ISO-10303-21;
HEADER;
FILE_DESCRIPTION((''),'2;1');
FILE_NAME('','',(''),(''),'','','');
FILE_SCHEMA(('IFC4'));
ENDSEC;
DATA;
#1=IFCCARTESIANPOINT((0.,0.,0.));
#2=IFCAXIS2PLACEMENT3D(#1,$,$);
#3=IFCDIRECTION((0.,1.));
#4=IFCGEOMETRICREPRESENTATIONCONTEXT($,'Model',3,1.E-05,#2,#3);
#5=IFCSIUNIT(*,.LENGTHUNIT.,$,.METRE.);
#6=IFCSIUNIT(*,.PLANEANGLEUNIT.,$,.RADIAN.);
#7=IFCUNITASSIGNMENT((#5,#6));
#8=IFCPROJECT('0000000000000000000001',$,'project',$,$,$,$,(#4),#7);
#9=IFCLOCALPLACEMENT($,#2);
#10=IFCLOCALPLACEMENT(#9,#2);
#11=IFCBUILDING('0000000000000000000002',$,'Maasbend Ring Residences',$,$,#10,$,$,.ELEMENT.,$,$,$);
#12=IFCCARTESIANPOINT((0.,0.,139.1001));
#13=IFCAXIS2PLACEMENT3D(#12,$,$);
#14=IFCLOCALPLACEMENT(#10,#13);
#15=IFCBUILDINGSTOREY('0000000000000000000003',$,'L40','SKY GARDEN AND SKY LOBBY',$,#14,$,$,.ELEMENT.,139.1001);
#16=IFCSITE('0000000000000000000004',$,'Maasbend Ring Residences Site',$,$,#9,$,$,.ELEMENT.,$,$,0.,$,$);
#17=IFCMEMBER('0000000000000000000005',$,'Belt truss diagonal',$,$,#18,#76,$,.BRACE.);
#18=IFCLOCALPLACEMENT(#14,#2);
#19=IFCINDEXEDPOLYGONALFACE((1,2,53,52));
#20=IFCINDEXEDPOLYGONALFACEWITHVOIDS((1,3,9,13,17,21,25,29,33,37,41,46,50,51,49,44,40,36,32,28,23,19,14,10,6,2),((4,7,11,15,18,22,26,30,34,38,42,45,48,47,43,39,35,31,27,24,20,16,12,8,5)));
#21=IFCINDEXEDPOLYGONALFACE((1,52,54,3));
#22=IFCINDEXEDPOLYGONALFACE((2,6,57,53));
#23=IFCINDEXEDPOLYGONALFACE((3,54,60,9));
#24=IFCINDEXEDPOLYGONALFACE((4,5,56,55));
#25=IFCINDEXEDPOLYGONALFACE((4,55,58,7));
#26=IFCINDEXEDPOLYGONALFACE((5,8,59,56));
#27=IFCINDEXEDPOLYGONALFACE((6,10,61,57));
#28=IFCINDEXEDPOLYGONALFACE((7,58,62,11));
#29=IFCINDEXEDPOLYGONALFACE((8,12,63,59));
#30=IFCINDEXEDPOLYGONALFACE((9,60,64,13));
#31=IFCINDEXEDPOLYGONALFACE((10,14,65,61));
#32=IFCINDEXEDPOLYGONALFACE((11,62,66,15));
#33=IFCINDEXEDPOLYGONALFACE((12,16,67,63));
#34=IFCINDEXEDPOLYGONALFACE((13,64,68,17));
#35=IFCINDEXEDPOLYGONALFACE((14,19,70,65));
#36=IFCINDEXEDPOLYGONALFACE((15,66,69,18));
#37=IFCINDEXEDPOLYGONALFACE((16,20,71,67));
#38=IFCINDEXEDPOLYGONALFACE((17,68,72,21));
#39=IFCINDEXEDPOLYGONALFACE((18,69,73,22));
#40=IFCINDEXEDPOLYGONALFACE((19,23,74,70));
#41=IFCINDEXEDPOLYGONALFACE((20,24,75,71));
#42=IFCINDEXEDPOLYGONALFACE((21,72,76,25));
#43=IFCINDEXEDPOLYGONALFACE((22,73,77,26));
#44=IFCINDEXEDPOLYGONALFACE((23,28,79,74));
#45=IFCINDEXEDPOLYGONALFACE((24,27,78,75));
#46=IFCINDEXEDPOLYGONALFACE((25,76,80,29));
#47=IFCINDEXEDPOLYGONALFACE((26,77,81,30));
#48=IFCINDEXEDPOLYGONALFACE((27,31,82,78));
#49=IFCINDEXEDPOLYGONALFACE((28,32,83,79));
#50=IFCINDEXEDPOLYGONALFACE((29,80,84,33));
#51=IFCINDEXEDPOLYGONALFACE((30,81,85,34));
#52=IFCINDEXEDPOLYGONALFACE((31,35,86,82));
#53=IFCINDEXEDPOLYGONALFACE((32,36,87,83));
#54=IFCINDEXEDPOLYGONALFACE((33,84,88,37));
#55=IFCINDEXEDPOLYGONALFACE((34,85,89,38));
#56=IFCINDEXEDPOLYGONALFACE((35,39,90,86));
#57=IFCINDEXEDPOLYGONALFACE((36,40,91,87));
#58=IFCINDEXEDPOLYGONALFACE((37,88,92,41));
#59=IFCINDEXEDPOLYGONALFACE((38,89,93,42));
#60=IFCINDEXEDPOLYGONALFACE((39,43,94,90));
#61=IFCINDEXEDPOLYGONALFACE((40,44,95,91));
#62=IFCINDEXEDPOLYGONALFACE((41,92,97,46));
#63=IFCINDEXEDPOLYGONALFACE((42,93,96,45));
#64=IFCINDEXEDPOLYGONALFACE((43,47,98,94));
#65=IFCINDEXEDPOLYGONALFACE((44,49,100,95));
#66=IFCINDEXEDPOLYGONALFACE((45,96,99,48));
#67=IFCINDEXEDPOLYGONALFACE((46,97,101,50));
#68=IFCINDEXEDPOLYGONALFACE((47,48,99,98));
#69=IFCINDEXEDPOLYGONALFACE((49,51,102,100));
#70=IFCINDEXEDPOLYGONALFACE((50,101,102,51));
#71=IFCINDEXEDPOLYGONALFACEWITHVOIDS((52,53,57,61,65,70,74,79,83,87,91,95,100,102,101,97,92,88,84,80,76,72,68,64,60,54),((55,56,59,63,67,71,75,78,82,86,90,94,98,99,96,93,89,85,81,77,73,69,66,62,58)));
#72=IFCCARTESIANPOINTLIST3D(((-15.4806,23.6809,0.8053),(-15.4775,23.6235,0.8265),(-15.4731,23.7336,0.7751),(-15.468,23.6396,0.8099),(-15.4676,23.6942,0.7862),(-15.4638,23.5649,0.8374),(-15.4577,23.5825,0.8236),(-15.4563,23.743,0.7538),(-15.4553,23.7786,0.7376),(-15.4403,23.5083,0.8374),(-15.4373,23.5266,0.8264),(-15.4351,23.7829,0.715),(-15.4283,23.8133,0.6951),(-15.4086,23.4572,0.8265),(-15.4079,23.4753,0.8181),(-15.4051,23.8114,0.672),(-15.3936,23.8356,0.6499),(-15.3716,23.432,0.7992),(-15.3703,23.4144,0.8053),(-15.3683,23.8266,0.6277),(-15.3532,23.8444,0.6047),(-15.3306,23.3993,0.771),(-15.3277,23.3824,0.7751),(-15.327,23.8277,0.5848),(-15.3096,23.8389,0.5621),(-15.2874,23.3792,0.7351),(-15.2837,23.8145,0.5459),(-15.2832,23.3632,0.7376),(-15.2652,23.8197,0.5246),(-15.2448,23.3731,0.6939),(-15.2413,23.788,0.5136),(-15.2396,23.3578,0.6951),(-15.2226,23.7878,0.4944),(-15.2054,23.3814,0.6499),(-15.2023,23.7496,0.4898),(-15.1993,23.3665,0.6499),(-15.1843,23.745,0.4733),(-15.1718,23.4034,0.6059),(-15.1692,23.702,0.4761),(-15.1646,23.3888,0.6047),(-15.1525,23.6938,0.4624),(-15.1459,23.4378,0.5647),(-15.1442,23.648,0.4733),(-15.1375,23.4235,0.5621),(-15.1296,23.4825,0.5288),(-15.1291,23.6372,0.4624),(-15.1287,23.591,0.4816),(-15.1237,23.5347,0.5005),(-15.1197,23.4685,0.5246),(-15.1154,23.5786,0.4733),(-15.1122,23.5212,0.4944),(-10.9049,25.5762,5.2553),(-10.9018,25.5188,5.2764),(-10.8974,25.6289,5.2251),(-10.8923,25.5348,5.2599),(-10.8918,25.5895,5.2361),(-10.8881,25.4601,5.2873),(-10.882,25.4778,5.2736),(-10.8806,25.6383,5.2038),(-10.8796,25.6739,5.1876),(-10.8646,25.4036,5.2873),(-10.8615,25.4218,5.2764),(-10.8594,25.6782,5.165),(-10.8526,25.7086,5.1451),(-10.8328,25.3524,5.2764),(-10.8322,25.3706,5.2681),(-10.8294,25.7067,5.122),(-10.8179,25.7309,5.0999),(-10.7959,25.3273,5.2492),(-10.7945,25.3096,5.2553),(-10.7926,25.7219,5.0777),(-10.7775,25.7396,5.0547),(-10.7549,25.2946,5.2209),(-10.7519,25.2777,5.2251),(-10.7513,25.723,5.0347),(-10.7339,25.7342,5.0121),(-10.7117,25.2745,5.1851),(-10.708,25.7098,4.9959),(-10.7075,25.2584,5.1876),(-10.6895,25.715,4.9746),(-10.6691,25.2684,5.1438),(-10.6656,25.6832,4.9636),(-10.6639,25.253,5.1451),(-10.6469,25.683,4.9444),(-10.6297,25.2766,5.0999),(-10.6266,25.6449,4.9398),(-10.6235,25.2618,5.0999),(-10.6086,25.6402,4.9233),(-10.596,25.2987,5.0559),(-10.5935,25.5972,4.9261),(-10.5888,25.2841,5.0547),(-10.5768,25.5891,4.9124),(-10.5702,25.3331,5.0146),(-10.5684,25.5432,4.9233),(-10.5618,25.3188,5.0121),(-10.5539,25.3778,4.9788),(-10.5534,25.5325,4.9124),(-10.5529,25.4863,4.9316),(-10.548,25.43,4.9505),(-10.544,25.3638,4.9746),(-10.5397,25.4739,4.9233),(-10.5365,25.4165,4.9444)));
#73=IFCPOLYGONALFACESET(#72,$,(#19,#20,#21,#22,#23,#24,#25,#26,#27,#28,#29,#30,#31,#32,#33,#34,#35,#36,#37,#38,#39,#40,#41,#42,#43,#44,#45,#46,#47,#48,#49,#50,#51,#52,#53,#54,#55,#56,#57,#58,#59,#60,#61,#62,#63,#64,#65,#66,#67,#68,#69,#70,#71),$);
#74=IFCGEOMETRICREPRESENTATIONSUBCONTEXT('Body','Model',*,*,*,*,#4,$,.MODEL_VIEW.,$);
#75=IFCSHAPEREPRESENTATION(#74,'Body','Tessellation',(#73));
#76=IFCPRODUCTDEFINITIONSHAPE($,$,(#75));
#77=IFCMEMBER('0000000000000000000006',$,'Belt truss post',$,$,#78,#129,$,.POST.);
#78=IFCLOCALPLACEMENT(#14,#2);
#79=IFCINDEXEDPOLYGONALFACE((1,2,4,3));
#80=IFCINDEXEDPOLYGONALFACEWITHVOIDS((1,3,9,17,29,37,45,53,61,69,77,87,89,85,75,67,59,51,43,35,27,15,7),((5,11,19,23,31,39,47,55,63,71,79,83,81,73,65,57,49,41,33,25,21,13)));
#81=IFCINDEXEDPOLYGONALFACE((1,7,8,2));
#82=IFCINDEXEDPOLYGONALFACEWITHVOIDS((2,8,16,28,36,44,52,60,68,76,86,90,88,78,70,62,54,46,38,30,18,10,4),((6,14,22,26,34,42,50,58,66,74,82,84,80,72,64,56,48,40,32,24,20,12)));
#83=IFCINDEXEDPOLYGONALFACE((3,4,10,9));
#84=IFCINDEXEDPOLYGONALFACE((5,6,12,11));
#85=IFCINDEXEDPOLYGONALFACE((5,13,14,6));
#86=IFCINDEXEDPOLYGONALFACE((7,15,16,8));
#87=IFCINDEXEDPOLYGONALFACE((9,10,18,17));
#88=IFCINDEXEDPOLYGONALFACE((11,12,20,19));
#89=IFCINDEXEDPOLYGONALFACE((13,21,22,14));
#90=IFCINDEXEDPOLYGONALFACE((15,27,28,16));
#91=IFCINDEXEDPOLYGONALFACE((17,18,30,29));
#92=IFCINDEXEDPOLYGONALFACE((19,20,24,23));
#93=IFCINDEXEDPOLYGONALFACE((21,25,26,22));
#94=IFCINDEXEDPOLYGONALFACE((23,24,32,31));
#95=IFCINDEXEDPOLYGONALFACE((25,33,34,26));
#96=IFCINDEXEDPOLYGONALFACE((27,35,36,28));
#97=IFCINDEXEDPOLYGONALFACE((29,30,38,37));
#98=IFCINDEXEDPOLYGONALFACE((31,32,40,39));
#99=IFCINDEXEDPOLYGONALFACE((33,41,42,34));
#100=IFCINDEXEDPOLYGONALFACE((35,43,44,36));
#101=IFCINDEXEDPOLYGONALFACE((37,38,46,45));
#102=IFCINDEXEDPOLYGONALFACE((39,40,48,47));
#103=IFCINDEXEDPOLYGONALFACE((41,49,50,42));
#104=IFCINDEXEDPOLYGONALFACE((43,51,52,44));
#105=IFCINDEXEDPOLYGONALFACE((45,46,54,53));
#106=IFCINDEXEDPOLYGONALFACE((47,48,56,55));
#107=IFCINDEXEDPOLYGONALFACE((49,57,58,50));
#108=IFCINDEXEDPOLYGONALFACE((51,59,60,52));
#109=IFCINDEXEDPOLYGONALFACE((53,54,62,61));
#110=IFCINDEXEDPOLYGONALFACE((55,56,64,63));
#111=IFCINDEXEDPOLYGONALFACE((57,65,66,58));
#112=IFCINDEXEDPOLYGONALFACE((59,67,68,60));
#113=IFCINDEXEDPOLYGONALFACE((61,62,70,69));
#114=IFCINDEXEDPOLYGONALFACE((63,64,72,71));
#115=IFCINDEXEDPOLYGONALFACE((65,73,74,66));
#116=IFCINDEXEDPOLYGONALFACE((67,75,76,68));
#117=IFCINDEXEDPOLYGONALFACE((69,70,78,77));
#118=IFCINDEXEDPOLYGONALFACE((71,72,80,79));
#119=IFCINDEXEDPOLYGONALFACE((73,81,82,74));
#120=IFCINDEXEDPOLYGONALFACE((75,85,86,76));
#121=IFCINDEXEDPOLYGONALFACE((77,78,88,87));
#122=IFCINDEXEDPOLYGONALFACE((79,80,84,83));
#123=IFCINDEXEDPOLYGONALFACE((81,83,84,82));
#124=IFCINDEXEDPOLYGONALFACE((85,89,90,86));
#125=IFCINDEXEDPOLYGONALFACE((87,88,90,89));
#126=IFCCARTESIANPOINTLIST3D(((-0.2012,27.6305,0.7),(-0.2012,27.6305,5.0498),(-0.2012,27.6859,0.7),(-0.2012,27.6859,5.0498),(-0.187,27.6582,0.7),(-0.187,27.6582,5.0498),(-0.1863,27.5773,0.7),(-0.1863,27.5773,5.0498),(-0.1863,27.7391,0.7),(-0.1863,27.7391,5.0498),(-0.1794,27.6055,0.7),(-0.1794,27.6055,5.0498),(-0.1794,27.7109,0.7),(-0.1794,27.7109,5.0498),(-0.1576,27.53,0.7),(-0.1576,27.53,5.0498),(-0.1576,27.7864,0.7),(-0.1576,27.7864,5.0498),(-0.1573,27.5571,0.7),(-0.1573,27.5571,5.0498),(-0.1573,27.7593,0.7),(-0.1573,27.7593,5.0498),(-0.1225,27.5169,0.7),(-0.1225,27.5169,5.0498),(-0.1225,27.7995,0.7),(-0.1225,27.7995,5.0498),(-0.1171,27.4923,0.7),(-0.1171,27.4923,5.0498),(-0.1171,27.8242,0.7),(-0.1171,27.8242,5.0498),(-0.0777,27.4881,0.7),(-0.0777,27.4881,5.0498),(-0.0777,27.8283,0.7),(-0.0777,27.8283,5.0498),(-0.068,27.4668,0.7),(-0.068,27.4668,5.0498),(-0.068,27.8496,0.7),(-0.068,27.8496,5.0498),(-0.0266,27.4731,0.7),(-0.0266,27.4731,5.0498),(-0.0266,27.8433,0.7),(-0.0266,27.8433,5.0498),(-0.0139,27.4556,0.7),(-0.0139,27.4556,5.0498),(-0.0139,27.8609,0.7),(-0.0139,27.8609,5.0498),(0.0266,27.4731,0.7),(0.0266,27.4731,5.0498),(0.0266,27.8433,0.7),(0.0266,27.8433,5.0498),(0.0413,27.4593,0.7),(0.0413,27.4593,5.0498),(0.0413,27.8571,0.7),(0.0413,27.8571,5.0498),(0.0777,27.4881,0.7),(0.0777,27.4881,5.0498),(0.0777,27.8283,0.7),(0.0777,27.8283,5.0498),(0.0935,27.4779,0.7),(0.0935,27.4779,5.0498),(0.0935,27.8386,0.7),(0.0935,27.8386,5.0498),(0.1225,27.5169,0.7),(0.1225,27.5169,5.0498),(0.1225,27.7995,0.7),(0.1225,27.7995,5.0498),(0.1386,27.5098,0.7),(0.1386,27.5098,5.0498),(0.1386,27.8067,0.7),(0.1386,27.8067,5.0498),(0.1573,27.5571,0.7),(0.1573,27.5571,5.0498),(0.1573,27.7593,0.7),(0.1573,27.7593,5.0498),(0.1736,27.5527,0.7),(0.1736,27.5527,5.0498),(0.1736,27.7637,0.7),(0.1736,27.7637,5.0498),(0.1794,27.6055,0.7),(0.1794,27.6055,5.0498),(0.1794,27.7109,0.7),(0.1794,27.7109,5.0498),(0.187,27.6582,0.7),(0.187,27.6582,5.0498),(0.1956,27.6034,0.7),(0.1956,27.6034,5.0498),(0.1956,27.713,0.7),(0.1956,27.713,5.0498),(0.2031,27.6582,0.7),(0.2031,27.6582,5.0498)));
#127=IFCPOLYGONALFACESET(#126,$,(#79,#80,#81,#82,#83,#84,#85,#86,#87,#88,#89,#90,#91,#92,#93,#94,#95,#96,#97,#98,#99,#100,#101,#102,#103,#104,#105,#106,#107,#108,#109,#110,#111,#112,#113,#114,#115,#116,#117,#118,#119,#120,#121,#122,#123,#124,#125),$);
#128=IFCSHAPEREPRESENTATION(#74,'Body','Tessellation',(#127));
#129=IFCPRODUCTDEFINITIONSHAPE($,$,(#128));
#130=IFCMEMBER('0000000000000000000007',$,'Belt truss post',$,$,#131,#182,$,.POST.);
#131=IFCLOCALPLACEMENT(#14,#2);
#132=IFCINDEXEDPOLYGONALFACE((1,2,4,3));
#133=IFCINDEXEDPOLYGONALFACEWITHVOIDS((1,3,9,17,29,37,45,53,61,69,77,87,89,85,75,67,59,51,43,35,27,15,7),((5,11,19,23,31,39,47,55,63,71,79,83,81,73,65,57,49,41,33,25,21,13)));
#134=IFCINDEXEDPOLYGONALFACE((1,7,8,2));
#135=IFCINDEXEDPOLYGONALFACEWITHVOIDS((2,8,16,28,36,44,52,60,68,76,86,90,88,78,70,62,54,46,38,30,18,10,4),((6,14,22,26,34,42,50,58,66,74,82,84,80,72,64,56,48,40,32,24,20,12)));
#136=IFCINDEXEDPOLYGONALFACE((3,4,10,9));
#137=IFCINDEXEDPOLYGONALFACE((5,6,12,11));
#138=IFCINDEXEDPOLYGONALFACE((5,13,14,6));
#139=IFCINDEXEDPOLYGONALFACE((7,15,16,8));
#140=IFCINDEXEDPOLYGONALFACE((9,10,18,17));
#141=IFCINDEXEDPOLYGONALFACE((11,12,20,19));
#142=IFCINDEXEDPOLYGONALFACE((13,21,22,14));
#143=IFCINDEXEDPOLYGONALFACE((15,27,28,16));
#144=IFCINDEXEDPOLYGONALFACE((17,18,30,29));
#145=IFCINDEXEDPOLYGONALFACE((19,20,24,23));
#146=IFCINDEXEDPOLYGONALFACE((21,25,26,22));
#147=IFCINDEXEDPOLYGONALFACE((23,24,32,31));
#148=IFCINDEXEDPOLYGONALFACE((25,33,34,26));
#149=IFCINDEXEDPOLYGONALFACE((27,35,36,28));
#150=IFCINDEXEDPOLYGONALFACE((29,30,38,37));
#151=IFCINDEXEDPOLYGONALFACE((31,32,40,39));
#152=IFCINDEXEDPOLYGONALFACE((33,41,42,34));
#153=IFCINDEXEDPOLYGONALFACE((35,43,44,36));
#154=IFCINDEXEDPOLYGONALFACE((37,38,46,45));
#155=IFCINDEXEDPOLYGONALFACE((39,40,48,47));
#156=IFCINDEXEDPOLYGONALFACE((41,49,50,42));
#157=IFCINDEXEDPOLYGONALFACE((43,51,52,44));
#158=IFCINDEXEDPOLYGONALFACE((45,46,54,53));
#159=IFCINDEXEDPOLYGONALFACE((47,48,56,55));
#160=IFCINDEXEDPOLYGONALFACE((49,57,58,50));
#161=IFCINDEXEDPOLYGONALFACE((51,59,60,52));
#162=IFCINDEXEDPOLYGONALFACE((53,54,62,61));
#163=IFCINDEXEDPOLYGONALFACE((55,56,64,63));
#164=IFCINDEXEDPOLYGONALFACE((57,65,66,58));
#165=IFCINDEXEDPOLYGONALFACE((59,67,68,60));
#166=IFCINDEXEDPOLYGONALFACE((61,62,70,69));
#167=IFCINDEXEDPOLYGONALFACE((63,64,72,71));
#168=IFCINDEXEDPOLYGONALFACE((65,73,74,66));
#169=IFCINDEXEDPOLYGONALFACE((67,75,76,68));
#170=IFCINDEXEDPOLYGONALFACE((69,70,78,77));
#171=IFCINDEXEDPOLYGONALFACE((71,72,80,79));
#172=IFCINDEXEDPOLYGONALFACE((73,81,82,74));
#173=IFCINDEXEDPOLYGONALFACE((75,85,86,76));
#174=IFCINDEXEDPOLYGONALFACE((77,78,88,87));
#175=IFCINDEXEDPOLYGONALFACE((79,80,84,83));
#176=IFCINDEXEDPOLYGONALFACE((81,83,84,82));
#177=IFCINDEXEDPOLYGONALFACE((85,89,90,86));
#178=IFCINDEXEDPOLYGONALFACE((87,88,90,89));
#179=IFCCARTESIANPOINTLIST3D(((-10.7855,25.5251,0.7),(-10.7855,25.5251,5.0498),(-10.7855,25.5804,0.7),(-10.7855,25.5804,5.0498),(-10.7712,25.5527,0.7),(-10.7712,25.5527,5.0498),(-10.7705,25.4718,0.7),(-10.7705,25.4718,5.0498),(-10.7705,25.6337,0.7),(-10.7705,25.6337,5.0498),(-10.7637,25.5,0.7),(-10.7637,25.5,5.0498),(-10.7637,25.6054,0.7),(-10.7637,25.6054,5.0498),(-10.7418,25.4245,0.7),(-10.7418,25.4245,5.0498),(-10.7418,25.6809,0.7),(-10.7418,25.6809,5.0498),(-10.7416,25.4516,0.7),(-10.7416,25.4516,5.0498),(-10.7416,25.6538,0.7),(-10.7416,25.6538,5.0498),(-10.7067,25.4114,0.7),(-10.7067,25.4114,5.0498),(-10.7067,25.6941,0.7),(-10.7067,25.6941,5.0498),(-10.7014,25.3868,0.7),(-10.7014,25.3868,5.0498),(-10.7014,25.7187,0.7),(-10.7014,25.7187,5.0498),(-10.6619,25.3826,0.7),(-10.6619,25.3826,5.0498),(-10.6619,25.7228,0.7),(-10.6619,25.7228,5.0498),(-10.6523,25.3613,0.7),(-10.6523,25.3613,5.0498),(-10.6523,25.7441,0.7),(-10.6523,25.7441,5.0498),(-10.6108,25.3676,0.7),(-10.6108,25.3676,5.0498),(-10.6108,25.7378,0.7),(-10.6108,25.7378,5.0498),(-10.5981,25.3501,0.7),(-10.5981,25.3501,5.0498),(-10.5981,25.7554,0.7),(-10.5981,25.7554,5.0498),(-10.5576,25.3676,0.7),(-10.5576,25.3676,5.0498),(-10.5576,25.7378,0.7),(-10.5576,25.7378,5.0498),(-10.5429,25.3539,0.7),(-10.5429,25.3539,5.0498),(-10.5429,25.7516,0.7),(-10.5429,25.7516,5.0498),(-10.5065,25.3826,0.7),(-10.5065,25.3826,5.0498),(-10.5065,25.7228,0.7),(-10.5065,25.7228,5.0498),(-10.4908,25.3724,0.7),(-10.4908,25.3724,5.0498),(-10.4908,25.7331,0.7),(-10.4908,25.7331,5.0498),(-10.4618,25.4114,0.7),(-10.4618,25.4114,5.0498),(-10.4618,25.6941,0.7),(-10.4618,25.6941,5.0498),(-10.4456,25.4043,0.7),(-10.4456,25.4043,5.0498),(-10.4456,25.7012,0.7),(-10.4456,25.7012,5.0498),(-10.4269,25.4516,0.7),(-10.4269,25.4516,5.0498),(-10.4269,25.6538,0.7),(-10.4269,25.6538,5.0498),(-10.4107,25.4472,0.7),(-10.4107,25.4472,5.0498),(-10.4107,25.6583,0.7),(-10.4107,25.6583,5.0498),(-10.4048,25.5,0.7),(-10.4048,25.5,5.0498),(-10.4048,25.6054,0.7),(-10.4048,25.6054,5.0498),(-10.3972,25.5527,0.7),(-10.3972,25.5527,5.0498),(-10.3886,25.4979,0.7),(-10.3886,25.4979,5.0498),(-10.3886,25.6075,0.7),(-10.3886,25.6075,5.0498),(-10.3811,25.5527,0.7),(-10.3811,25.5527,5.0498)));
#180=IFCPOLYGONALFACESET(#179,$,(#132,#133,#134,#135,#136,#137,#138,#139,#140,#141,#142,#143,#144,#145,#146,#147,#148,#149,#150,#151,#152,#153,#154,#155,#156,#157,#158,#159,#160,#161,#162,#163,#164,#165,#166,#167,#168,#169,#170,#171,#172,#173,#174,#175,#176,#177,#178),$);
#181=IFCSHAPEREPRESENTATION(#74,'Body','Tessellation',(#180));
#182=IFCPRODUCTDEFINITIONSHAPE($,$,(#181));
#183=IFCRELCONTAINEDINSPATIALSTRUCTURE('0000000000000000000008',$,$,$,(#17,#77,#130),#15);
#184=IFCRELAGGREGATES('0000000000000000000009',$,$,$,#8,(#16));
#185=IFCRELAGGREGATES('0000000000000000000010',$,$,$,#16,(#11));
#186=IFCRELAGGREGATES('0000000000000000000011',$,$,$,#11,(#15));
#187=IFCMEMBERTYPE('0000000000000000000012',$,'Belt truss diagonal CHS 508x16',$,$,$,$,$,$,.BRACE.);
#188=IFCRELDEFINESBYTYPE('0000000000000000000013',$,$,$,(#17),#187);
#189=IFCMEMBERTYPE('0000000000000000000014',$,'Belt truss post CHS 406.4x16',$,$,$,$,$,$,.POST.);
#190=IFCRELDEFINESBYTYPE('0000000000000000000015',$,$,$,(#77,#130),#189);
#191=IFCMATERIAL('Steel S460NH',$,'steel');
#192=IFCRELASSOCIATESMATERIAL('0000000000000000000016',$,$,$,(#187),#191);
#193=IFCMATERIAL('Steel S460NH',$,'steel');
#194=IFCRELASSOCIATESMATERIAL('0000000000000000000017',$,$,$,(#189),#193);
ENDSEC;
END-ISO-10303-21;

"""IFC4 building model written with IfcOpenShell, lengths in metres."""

from ifc_helpers import new_model, si_unit, direction, frame, origin, origin_2d, place, context, subcontext, project, spatial, hollow_circle, extrude, material, material_profile, profile_set, type_object, element, save


model = new_model("IFC4")

# Units and contexts
model_context = context("Model", 3, precision=1e-05, world=origin(), true_north=direction((0.0, 1.0)))
body_context = subcontext(model_context, "Body", "Model", "MODEL_VIEW")
ifc_project = project(units=[si_unit("LENGTHUNIT", "METRE"), si_unit("PLANEANGLEUNIT", "RADIAN")], contexts=[model_context])

# Site, building, storey
site_placement = place(None, origin())
site = spatial("IfcSite", under=ifc_project, at=site_placement, Name="Maasbend Ring Residences Site", CompositionType="ELEMENT", RefElevation=0.0)
building_placement = place(site_placement, origin())
building = spatial("IfcBuilding", under=site, at=building_placement, Name="Maasbend Ring Residences", CompositionType="ELEMENT")
storey_placement = place(building_placement, frame((0.0, 0.0, 139.1001)))
storey = spatial("IfcBuildingStorey", under=building, at=storey_placement, Name="L40", Description="SKY GARDEN AND SKY LOBBY", CompositionType="ELEMENT", Elevation=139.1001)

# Members
ifc_material_1 = material(Name="Steel S460NH", Category="steel")
ifc_material_profile_1 = material_profile(ifc_material_1, hollow_circle(Radius=0.2539, WallThickness=0.0161, at=origin_2d()), Name="Belt truss diagonal CHS 508x16")
ifc_profile_set_1 = profile_set([ifc_material_profile_1], Name="Steel S460NH")
member_type_1 = type_object("IfcMemberType", Name="Belt truss diagonal CHS 508x16", PredefinedType="BRACE", material=ifc_profile_set_1)
for number, where, z_axis, x_axis, name in (
    (1, (-10.7207, 25.4963, 5.0999), (-0.68723, -0.284653, -0.668346), (0.382675, -0.923883, 0.0), "Belt truss diagonal"),
):
    element("IfcMember", number, at=place(storey_placement, frame(where, z_axis=z_axis, x_axis=x_axis)), inside=storey, type_object=member_type_1, Name=name, PredefinedType="BRACE", context=body_context, shape_type="SweptSolid", body=[
        extrude(hollow_circle(Radius=0.2539, WallThickness=0.0161, at=origin_2d()), origin(), (0.0, 0.0, 1.0), 6.6582),
    ])
ifc_material_2 = material(Name="Steel S460NH", Category="steel")
ifc_material_profile_2 = material_profile(ifc_material_2, hollow_circle(Radius=0.2031, WallThickness=0.0161, at=origin_2d()), Name="Belt truss post CHS 406.4x16")
ifc_profile_set_2 = profile_set([ifc_material_profile_2], Name="Steel S460NH")
member_type_2 = type_object("IfcMemberType", Name="Belt truss post CHS 406.4x16", PredefinedType="POST", material=ifc_profile_set_2)
for number, where, z_axis, x_axis, name in (
    (2, (0.0, 27.6582, 0.7), (0.0, 0.0, 1.0), (1.0, 0.0, 0.0), "Belt truss post"),
    (3, (-10.5842, 25.5527, 0.7), (0.0, 0.0, 1.0), (1.0, 0.0, 0.0), "Belt truss post"),
):
    element("IfcMember", number, at=place(storey_placement, frame(where, z_axis=z_axis, x_axis=x_axis)), inside=storey, type_object=member_type_2, Name=name, PredefinedType="POST", context=body_context, shape_type="SweptSolid", body=[
        extrude(hollow_circle(Radius=0.2031, WallThickness=0.0161, at=origin_2d()), origin(), (0.0, 0.0, 1.0), 4.3499),
    ])

save(model, "model.ifc")
